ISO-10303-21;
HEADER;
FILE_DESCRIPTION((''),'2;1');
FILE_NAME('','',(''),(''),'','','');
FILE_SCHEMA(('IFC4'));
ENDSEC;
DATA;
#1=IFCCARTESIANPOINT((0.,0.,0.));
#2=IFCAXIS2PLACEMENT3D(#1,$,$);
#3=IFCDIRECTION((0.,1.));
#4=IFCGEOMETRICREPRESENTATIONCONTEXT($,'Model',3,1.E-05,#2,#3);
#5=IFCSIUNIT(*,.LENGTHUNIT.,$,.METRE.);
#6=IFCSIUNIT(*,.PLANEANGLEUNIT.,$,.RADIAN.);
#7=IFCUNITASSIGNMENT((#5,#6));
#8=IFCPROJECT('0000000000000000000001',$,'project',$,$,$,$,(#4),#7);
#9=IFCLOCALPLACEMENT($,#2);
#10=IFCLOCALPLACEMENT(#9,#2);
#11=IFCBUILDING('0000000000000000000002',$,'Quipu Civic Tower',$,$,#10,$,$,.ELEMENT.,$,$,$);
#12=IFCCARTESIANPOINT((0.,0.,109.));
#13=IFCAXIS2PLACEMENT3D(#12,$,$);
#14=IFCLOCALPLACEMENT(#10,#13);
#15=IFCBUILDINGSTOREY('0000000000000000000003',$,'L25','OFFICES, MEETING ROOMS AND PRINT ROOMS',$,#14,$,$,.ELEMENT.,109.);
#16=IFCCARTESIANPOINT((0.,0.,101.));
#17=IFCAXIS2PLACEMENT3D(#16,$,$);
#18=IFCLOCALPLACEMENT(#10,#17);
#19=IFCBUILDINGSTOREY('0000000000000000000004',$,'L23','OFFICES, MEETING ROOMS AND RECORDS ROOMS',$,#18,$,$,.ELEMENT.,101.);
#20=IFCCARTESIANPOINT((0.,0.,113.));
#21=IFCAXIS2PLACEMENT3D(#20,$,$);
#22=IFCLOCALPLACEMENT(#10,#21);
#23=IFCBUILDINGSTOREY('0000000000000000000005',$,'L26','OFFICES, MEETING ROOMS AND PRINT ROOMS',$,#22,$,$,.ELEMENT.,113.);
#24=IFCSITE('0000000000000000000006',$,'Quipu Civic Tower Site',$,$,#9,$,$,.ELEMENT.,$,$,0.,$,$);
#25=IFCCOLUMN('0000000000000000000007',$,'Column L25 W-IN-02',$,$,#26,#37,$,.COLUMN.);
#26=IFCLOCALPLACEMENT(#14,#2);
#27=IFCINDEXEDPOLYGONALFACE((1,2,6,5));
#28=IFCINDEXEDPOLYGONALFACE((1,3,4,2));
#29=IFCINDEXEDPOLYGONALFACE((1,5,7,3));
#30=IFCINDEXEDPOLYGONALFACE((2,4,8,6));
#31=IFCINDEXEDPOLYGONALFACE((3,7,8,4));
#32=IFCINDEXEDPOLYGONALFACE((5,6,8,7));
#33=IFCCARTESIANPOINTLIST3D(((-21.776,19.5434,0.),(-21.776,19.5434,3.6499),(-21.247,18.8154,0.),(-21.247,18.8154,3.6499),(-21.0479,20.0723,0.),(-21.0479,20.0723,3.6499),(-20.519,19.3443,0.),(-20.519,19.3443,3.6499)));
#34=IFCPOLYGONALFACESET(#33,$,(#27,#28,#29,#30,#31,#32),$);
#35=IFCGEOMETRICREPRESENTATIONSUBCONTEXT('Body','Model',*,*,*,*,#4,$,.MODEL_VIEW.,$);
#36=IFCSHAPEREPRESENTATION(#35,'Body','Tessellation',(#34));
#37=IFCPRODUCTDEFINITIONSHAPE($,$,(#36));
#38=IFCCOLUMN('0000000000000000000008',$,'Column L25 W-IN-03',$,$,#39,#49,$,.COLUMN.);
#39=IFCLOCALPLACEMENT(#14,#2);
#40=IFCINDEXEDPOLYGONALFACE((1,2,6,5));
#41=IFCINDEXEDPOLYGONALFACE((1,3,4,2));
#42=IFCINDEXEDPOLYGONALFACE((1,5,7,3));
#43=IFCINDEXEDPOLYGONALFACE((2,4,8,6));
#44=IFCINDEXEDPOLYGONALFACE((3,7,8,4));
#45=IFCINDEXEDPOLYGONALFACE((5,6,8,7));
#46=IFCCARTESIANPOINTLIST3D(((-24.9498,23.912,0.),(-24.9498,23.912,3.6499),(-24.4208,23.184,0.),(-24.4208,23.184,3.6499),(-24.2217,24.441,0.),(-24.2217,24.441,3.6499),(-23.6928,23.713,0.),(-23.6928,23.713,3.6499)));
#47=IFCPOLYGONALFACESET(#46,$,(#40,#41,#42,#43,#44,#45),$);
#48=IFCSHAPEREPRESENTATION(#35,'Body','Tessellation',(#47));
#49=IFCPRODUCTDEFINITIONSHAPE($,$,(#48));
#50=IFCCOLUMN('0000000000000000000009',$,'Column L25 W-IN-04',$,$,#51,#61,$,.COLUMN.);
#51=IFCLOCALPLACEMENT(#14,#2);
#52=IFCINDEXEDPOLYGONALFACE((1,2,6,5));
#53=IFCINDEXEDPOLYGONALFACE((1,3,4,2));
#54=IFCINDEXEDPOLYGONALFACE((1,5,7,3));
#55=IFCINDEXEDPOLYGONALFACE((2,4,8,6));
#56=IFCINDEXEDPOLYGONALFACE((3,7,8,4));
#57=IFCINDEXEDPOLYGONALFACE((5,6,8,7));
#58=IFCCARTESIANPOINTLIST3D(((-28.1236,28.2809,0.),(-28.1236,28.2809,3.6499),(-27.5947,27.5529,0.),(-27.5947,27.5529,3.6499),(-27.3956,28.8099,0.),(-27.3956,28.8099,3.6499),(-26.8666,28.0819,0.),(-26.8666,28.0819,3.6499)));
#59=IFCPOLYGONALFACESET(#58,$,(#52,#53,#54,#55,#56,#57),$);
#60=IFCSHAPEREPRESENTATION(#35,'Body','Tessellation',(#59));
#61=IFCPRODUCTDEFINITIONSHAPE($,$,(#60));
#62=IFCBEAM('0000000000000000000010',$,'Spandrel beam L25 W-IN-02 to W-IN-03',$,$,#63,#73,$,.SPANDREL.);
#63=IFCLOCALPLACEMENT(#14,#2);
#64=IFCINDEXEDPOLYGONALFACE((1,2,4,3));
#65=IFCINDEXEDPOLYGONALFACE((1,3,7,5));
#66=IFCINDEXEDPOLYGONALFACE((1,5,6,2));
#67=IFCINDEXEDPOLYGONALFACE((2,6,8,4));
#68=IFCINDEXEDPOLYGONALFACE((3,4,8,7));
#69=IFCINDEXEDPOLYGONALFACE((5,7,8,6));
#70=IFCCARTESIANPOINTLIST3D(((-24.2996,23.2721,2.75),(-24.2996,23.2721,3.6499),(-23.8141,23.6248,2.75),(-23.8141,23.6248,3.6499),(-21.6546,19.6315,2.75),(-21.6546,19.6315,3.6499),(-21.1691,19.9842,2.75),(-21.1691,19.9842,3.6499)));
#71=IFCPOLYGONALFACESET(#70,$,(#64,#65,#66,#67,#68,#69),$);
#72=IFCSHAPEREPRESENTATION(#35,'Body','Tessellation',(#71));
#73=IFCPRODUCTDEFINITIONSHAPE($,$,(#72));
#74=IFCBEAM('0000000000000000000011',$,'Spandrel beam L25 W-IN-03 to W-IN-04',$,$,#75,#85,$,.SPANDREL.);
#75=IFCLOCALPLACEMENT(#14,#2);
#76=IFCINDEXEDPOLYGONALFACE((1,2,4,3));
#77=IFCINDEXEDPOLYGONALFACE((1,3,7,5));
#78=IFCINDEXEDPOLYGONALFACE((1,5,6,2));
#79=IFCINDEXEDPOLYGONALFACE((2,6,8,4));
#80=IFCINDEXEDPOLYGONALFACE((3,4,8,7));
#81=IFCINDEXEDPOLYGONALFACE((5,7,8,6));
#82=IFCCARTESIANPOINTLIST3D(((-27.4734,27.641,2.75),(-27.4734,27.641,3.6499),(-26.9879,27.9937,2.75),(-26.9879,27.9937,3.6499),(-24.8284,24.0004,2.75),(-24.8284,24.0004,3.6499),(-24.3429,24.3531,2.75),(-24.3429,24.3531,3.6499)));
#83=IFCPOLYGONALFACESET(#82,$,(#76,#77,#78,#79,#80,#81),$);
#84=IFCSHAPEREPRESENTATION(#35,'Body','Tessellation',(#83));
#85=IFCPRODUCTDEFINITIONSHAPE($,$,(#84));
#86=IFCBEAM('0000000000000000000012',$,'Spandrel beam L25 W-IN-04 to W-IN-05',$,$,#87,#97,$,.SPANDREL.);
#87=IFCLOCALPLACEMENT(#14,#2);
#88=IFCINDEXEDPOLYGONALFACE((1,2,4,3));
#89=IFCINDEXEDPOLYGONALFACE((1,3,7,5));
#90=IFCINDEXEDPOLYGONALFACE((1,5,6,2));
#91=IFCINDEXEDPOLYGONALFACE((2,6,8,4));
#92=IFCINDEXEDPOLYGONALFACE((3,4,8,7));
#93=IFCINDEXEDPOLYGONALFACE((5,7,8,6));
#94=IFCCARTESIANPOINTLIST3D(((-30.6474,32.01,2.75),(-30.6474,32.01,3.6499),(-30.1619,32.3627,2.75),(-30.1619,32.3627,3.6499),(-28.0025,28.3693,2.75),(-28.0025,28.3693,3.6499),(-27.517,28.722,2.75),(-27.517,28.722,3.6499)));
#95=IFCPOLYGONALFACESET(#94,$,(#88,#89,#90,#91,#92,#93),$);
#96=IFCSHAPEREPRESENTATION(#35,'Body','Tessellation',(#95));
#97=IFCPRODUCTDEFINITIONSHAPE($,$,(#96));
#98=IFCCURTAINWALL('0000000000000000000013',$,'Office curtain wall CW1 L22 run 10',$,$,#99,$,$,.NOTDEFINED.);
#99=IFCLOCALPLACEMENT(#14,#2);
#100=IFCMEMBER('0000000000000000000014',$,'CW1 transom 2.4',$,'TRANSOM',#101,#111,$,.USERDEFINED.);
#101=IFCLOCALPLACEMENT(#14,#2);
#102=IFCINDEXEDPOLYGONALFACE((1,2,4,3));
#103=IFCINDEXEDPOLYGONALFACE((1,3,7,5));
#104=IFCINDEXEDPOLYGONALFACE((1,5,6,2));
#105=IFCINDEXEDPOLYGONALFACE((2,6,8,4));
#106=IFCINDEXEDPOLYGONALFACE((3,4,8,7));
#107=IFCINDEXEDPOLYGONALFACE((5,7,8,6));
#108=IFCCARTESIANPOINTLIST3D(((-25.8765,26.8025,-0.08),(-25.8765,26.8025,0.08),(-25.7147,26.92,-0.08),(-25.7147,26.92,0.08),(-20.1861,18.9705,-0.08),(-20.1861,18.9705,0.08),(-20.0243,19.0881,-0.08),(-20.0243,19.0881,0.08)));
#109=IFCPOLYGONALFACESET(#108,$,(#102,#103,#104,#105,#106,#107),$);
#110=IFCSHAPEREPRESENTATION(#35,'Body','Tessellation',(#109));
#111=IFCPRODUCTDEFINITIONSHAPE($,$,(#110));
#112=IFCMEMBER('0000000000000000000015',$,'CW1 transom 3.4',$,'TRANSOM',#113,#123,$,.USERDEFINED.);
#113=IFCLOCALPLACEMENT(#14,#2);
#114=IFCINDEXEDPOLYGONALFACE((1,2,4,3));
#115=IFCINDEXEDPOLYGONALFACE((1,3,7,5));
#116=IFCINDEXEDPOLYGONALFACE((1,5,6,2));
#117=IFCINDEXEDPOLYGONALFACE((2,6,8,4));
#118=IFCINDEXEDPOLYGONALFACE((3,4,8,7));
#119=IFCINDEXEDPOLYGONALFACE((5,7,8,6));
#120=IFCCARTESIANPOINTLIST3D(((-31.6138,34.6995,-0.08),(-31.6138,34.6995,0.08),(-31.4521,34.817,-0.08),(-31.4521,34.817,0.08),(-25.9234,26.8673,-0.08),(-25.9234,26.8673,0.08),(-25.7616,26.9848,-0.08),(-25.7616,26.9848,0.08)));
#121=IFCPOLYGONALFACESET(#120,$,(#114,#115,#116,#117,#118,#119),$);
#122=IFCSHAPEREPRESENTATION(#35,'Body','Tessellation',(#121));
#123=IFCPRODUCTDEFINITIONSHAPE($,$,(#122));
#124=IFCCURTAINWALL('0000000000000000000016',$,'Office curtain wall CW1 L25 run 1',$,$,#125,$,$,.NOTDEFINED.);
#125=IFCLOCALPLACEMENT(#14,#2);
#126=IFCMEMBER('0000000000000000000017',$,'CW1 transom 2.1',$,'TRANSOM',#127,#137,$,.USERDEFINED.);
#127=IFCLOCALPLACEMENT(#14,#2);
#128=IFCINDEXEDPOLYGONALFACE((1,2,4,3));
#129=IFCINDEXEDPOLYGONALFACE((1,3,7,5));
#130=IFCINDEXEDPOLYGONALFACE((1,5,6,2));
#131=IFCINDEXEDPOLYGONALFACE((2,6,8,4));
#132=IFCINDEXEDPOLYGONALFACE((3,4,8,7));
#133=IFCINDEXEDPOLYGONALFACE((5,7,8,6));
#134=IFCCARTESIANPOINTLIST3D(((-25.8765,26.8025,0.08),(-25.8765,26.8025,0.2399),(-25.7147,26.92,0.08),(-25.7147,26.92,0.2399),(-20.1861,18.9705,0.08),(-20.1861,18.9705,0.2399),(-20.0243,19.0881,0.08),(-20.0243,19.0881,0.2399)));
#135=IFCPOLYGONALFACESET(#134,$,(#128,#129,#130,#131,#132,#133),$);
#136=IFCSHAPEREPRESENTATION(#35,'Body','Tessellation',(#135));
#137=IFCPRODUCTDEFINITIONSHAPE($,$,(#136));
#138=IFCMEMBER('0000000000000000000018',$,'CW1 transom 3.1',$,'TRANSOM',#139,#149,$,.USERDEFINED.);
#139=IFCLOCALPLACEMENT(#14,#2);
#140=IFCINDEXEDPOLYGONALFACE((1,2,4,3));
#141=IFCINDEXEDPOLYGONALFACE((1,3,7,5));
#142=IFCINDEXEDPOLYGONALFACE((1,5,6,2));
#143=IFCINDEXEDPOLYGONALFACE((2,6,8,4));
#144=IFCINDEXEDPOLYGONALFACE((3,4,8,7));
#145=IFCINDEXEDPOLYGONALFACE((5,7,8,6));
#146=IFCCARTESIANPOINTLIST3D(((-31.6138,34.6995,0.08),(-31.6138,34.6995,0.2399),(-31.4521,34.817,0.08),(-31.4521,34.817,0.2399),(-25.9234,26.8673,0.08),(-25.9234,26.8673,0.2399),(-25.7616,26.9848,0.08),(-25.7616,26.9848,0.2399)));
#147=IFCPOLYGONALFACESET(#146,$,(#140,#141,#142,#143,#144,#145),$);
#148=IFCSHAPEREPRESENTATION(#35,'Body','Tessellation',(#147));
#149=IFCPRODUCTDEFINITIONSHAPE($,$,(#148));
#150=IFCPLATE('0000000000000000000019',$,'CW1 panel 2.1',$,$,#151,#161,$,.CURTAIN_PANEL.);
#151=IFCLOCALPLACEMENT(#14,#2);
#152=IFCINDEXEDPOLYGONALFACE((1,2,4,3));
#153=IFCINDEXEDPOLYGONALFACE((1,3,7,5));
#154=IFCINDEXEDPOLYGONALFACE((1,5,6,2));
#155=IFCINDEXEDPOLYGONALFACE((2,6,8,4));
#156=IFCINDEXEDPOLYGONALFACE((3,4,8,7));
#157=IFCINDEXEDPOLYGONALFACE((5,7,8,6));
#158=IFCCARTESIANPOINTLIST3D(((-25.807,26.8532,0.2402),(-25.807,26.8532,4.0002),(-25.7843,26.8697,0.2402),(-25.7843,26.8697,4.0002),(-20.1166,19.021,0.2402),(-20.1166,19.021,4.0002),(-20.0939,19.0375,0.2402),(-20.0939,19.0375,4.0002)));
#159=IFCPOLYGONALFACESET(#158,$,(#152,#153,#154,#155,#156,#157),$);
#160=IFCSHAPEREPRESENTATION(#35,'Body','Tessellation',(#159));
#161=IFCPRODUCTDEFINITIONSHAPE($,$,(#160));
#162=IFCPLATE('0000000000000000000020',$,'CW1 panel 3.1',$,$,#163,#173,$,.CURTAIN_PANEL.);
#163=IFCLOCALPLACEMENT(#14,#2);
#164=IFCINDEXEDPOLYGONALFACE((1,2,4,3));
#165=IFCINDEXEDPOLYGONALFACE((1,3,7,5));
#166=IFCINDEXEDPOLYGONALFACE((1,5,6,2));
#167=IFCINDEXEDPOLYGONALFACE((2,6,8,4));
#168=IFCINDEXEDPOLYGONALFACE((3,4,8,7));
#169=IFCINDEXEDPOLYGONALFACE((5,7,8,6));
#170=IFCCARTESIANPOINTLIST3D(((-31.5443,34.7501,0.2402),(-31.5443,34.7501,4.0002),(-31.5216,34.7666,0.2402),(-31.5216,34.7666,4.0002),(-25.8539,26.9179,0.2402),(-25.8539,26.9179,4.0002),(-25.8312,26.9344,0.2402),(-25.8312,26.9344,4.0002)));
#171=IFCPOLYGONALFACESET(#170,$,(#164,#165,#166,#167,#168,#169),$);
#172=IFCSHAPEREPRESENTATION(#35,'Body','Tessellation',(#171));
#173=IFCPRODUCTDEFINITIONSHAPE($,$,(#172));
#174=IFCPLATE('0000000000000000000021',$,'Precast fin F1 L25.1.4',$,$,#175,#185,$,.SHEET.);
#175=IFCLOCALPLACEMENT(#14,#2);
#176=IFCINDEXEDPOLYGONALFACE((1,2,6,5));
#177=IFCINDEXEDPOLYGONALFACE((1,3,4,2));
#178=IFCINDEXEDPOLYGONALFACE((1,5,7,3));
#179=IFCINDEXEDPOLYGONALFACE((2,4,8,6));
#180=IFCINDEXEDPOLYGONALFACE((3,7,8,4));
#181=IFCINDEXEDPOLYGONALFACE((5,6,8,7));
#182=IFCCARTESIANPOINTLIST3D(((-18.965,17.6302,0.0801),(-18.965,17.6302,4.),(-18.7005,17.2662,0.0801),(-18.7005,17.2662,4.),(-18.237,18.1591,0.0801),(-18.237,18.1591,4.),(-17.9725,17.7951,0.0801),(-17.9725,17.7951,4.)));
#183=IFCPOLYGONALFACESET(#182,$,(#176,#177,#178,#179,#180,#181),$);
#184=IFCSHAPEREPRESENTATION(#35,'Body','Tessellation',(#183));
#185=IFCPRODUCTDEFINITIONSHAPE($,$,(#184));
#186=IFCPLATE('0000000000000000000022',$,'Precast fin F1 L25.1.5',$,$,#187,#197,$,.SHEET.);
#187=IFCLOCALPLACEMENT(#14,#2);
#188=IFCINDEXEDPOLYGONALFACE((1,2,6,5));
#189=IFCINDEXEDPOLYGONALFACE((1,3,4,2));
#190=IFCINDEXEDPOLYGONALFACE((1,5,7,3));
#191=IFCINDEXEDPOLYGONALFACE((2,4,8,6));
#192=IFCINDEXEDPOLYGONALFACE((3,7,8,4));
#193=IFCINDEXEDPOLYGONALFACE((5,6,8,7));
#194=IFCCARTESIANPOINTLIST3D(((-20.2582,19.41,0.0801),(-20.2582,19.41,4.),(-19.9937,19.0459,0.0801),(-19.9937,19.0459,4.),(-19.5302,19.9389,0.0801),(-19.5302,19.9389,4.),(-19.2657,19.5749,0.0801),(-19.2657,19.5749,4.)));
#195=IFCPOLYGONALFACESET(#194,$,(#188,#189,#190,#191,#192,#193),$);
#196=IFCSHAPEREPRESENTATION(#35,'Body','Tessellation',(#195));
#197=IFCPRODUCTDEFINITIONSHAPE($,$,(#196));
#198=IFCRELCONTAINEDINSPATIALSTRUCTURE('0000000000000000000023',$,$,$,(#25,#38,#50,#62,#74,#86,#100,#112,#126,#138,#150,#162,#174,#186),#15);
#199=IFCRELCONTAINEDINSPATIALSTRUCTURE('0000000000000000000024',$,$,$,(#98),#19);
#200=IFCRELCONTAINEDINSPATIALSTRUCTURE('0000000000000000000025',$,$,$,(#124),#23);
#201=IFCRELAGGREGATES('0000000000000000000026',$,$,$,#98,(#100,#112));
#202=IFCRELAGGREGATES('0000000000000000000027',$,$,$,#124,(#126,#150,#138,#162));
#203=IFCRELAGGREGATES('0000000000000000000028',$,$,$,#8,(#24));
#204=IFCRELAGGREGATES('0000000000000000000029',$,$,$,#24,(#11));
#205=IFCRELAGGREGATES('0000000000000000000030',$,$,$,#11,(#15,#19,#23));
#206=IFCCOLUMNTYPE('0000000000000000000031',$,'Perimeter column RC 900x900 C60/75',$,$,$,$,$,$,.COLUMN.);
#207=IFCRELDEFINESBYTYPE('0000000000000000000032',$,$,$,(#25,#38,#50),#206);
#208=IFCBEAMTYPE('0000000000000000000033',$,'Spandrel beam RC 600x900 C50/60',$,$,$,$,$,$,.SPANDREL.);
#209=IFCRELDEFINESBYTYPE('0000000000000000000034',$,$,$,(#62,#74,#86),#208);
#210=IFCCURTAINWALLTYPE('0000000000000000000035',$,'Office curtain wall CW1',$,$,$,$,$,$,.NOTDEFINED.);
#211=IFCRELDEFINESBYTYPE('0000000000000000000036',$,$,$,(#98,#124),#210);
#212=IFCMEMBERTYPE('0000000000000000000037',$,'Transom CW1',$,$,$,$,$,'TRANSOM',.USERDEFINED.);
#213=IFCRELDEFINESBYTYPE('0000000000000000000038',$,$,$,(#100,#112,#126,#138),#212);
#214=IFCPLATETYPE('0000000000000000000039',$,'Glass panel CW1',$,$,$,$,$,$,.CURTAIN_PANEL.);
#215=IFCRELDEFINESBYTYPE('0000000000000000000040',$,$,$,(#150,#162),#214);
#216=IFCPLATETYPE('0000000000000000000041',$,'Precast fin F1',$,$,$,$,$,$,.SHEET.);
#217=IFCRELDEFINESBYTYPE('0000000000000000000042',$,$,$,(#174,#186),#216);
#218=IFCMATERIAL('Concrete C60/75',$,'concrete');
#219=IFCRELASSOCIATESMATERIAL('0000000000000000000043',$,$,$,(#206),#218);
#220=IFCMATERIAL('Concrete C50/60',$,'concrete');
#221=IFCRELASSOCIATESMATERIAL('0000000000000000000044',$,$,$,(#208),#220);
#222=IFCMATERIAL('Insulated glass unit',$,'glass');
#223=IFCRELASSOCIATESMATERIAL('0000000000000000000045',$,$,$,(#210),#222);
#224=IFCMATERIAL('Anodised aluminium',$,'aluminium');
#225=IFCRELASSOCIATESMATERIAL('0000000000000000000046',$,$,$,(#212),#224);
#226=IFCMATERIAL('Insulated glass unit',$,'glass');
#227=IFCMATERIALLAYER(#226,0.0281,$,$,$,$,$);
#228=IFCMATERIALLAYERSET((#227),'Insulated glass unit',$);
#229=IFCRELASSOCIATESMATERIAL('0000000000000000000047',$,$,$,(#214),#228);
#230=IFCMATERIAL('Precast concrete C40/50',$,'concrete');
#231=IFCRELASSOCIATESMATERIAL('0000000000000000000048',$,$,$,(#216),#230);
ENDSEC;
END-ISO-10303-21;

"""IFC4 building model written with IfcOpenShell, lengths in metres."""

from ifc_helpers import new_model, si_unit, direction, frame, origin, origin_2d, place, context, subcontext, project, spatial, rectangle, extrude, material, layer, layer_set, material_profile, profile_set, type_object, element, aggregate, save


model = new_model("IFC4")

# Units and contexts
model_context = context("Model", 3, precision=1e-05, world=origin(), true_north=direction((0.0, 1.0)))
body_context = subcontext(model_context, "Body", "Model", "MODEL_VIEW")
ifc_project = project(units=[si_unit("LENGTHUNIT", "METRE"), si_unit("PLANEANGLEUNIT", "RADIAN")], contexts=[model_context])

# Site, building, storey
site_placement = place(None, origin())
site = spatial("IfcSite", under=ifc_project, at=site_placement, Name="Quipu Civic Tower Site", CompositionType="ELEMENT", RefElevation=0.0)
building_placement = place(site_placement, origin())
building = spatial("IfcBuilding", under=site, at=building_placement, Name="Quipu Civic Tower", CompositionType="ELEMENT")
storey_1_placement = place(building_placement, frame((0.0, 0.0, 109.0)))
storey_1 = spatial("IfcBuildingStorey", under=building, at=storey_1_placement, Name="L25", Description="OFFICES, MEETING ROOMS AND PRINT ROOMS", CompositionType="ELEMENT", Elevation=109.0)

# Columns
ifc_material_1 = material(Name="Concrete C60/75", Category="concrete")
ifc_material_profile_1 = material_profile(ifc_material_1, rectangle(XDim=0.8999, YDim=0.8999, at=origin_2d()), Name="RC900x900")
ifc_profile_set_1 = profile_set([ifc_material_profile_1], Name="Concrete C60/75")
column_type = type_object("IfcColumnType", Name="Perimeter column RC 900x900 C60/75", PredefinedType="COLUMN", material=ifc_profile_set_1)
for number, where, z_axis, x_axis, name in (
    (1, (-21.1475, 19.4438, 0.0), (0.0, 0.0, 1.0), (-0.587785, 0.809017, 0.0), "Column L25 W-IN-02"),
    (2, (-24.3213, 23.8125, 0.0), (0.0, 0.0, 1.0), (-0.587785, 0.809017, 0.0), "Column L25 W-IN-03"),
    (3, (-27.4951, 28.1814, 0.0), (0.0, 0.0, 1.0), (-0.587785, 0.809017, 0.0), "Column L25 W-IN-04"),
):
    element("IfcColumn", number, at=place(storey_1_placement, frame(where, z_axis=z_axis, x_axis=x_axis)), inside=storey_1, type_object=column_type, Name=name, PredefinedType="COLUMN", context=body_context, shape_type="SweptSolid", body=[
        extrude(rectangle(XDim=0.8999, YDim=0.8999, at=origin_2d()), origin(), (0.0, 0.0, 1.0), 3.6499),
    ])

# Beams
ifc_material_2 = material(Name="Concrete C50/60", Category="concrete")
ifc_material_profile_2 = material_profile(ifc_material_2, rectangle(XDim=0.6001, YDim=0.8999, at=origin_2d()), Name="RC600x900")
ifc_profile_set_2 = profile_set([ifc_material_profile_2], Name="Concrete C50/60")
beam_type = type_object("IfcBeamType", Name="Spandrel beam RC 600x900 C50/60", PredefinedType="SPANDREL", material=ifc_profile_set_2)
for number, where, z_axis, x_axis, name in (
    (4, (-21.4119, 19.8079, 3.2), (-0.587778, 0.809022, 0.0), (-0.809022, -0.587778, 0.0), "Spandrel beam L25 W-IN-02 to W-IN-03"),
    (5, (-24.5857, 24.1768, 3.2), (-0.587778, 0.809022, 0.0), (-0.809022, -0.587778, 0.0), "Spandrel beam L25 W-IN-03 to W-IN-04"),
    (6, (-27.7598, 28.5457, 3.2), (-0.587743, 0.809048, 0.0), (-0.809048, -0.587743, 0.0), "Spandrel beam L25 W-IN-04 to W-IN-05"),
):
    element("IfcBeam", number, at=place(storey_1_placement, frame(where, z_axis=z_axis, x_axis=x_axis)), inside=storey_1, type_object=beam_type, Name=name, PredefinedType="SPANDREL", context=body_context, shape_type="SweptSolid", body=[
        extrude(rectangle(XDim=0.6001, YDim=0.8999, at=origin_2d()), origin(), (0.0, 0.0, 1.0), 4.5),
    ])

# Shared definitions
storey_2_placement = place(building_placement, frame((0.0, 0.0, 101.0)))
storey_2 = spatial("IfcBuildingStorey", under=building, at=storey_2_placement, Name="L23", Description="OFFICES, MEETING ROOMS AND RECORDS ROOMS", CompositionType="ELEMENT", Elevation=101.0)

# Curtain wall, members
ifc_material_3 = material(Name="Insulated glass unit", Category="glass")
curtain_wall_type = type_object("IfcCurtainWallType", Name="Office curtain wall CW1", PredefinedType="NOTDEFINED", material=ifc_material_3)
curtain_wall_1_placement = place(storey_2_placement, origin())
curtain_wall_1 = element("IfcCurtainWall", 7, at=curtain_wall_1_placement, inside=storey_2, type_object=curtain_wall_type, Name="Office curtain wall CW1 L22 run 10", PredefinedType="NOTDEFINED")
ifc_material_4 = material(Name="Anodised aluminium", Category="aluminium")
ifc_material_profile_3 = material_profile(ifc_material_4, rectangle(XDim=0.2, YDim=0.1599, at=origin_2d()), Name="RECT 200x160")
ifc_profile_set_3 = profile_set([ifc_material_profile_3], Name="Anodised aluminium")
member_type = type_object("IfcMemberType", Name="Transom CW1", ElementType="TRANSOM", PredefinedType="USERDEFINED", material=ifc_profile_set_3)
member_1_placement = place(storey_1_placement, frame((-20.1052, 19.0293, 0.0), z_axis=(-0.587794, 0.809011, 0.0), x_axis=(-0.809011, -0.587794, 0.0)))
member_1 = element("IfcMember", 8, at=member_1_placement, inside=storey_1, type_object=member_type, Name="CW1 transom 2.4", ObjectType="TRANSOM", PredefinedType="USERDEFINED", context=body_context, shape_type="SweptSolid", body=[
    extrude(rectangle(XDim=0.2, YDim=0.1599, at=origin_2d()), origin(), (0.0, 0.0, 1.0), 9.6809),
])
member_2_placement = place(storey_1_placement, frame((-25.8425, 26.926, 0.0), z_axis=(-0.587782, 0.80902, 0.0), x_axis=(-0.80902, -0.587782, 0.0)))
member_2 = element("IfcMember", 9, at=member_2_placement, inside=storey_1, type_object=member_type, Name="CW1 transom 3.4", ObjectType="TRANSOM", PredefinedType="USERDEFINED", context=body_context, shape_type="SweptSolid", body=[
    extrude(rectangle(XDim=0.2, YDim=0.1599, at=origin_2d()), origin(), (0.0, 0.0, 1.0), 9.6812),
])
aggregate(curtain_wall_1, [member_1, member_2])

# Shared definitions
storey_3_placement = place(building_placement, frame((0.0, 0.0, 113.0)))
storey_3 = spatial("IfcBuildingStorey", under=building, at=storey_3_placement, Name="L26", Description="OFFICES, MEETING ROOMS AND PRINT ROOMS", CompositionType="ELEMENT", Elevation=113.0)

# Curtain wall, members, plates
curtain_wall_2_placement = place(storey_3_placement, origin())
curtain_wall_2 = element("IfcCurtainWall", 10, at=curtain_wall_2_placement, inside=storey_3, type_object=curtain_wall_type, Name="Office curtain wall CW1 L25 run 1", PredefinedType="NOTDEFINED")
member_3_placement = place(storey_1_placement, frame((-20.1052, 19.0293, 0.1599), z_axis=(-0.587794, 0.809011, 0.0), x_axis=(-0.809011, -0.587794, 0.0)))
member_3 = element("IfcMember", 11, at=member_3_placement, inside=storey_1, type_object=member_type, Name="CW1 transom 2.1", ObjectType="TRANSOM", PredefinedType="USERDEFINED", context=body_context, shape_type="SweptSolid", body=[
    extrude(rectangle(XDim=0.2, YDim=0.1599, at=origin_2d()), origin(), (0.0, 0.0, 1.0), 9.6809),
])
member_4_placement = place(storey_1_placement, frame((-25.8425, 26.926, 0.1599), z_axis=(-0.587782, 0.80902, 0.0), x_axis=(-0.80902, -0.587782, 0.0)))
member_4 = element("IfcMember", 12, at=member_4_placement, inside=storey_1, type_object=member_type, Name="CW1 transom 3.1", ObjectType="TRANSOM", PredefinedType="USERDEFINED", context=body_context, shape_type="SweptSolid", body=[
    extrude(rectangle(XDim=0.2, YDim=0.1599, at=origin_2d()), origin(), (0.0, 0.0, 1.0), 9.6812),
])
ifc_material_5 = material(Name="Insulated glass unit", Category="glass")
ifc_layer_1 = layer(ifc_material_5, 0.0281)
ifc_layer_set_1 = layer_set([ifc_layer_1], Name="Insulated glass unit")
plate_type_1 = type_object("IfcPlateType", Name="Glass panel CW1", PredefinedType="CURTAIN_PANEL", material=ifc_layer_set_1)
plate_1_placement = place(storey_1_placement, frame((-22.9504, 22.9453, 0.2402), z_axis=(0.0, 0.0, 1.0), x_axis=(-0.587786, 0.809017, 0.0)))
plate_1 = element("IfcPlate", 13, at=plate_1_placement, inside=storey_1, type_object=plate_type_1, Name="CW1 panel 2.1", PredefinedType="CURTAIN_PANEL", context=body_context, shape_type="SweptSolid", body=[
    extrude(rectangle(XDim=9.6812, YDim=0.0281, at=origin_2d()), origin(), (0.0, 0.0, 1.0), 3.76),
])
plate_2_placement = place(storey_1_placement, frame((-28.6877, 30.8423, 0.2402), z_axis=(0.0, 0.0, 1.0), x_axis=(-0.587786, 0.809017, 0.0)))
plate_2 = element("IfcPlate", 14, at=plate_2_placement, inside=storey_1, type_object=plate_type_1, Name="CW1 panel 3.1", PredefinedType="CURTAIN_PANEL", context=body_context, shape_type="SweptSolid", body=[
    extrude(rectangle(XDim=9.6812, YDim=0.0281, at=origin_2d()), origin(), (0.0, 0.0, 1.0), 3.76),
])
aggregate(curtain_wall_2, [member_3, plate_1, member_4, plate_2])

# Plates
ifc_material_6 = material(Name="Precast concrete C40/50", Category="concrete")
plate_type_2 = type_object("IfcPlateType", Name="Precast fin F1", PredefinedType="SHEET", material=ifc_material_6)
for number, where, z_axis, x_axis, name in (
    (15, (-18.4688, 17.7126, 0.0801), (0.0, 0.0, 1.0), (-0.587785, 0.809017, 0.0), "Precast fin F1 L25.1.4"),
    (16, (-19.762, 19.4924, 0.0801), (0.0, 0.0, 1.0), (-0.587785, 0.809017, 0.0), "Precast fin F1 L25.1.5"),
):
    element("IfcPlate", number, at=place(storey_1_placement, frame(where, z_axis=z_axis, x_axis=x_axis)), inside=storey_1, type_object=plate_type_2, Name=name, PredefinedType="SHEET", context=body_context, shape_type="SweptSolid", body=[
        extrude(rectangle(XDim=0.45, YDim=0.8999, at=origin_2d()), origin(), (0.0, 0.0, 1.0), 3.9199),
    ])

save(model, "model.ifc")
